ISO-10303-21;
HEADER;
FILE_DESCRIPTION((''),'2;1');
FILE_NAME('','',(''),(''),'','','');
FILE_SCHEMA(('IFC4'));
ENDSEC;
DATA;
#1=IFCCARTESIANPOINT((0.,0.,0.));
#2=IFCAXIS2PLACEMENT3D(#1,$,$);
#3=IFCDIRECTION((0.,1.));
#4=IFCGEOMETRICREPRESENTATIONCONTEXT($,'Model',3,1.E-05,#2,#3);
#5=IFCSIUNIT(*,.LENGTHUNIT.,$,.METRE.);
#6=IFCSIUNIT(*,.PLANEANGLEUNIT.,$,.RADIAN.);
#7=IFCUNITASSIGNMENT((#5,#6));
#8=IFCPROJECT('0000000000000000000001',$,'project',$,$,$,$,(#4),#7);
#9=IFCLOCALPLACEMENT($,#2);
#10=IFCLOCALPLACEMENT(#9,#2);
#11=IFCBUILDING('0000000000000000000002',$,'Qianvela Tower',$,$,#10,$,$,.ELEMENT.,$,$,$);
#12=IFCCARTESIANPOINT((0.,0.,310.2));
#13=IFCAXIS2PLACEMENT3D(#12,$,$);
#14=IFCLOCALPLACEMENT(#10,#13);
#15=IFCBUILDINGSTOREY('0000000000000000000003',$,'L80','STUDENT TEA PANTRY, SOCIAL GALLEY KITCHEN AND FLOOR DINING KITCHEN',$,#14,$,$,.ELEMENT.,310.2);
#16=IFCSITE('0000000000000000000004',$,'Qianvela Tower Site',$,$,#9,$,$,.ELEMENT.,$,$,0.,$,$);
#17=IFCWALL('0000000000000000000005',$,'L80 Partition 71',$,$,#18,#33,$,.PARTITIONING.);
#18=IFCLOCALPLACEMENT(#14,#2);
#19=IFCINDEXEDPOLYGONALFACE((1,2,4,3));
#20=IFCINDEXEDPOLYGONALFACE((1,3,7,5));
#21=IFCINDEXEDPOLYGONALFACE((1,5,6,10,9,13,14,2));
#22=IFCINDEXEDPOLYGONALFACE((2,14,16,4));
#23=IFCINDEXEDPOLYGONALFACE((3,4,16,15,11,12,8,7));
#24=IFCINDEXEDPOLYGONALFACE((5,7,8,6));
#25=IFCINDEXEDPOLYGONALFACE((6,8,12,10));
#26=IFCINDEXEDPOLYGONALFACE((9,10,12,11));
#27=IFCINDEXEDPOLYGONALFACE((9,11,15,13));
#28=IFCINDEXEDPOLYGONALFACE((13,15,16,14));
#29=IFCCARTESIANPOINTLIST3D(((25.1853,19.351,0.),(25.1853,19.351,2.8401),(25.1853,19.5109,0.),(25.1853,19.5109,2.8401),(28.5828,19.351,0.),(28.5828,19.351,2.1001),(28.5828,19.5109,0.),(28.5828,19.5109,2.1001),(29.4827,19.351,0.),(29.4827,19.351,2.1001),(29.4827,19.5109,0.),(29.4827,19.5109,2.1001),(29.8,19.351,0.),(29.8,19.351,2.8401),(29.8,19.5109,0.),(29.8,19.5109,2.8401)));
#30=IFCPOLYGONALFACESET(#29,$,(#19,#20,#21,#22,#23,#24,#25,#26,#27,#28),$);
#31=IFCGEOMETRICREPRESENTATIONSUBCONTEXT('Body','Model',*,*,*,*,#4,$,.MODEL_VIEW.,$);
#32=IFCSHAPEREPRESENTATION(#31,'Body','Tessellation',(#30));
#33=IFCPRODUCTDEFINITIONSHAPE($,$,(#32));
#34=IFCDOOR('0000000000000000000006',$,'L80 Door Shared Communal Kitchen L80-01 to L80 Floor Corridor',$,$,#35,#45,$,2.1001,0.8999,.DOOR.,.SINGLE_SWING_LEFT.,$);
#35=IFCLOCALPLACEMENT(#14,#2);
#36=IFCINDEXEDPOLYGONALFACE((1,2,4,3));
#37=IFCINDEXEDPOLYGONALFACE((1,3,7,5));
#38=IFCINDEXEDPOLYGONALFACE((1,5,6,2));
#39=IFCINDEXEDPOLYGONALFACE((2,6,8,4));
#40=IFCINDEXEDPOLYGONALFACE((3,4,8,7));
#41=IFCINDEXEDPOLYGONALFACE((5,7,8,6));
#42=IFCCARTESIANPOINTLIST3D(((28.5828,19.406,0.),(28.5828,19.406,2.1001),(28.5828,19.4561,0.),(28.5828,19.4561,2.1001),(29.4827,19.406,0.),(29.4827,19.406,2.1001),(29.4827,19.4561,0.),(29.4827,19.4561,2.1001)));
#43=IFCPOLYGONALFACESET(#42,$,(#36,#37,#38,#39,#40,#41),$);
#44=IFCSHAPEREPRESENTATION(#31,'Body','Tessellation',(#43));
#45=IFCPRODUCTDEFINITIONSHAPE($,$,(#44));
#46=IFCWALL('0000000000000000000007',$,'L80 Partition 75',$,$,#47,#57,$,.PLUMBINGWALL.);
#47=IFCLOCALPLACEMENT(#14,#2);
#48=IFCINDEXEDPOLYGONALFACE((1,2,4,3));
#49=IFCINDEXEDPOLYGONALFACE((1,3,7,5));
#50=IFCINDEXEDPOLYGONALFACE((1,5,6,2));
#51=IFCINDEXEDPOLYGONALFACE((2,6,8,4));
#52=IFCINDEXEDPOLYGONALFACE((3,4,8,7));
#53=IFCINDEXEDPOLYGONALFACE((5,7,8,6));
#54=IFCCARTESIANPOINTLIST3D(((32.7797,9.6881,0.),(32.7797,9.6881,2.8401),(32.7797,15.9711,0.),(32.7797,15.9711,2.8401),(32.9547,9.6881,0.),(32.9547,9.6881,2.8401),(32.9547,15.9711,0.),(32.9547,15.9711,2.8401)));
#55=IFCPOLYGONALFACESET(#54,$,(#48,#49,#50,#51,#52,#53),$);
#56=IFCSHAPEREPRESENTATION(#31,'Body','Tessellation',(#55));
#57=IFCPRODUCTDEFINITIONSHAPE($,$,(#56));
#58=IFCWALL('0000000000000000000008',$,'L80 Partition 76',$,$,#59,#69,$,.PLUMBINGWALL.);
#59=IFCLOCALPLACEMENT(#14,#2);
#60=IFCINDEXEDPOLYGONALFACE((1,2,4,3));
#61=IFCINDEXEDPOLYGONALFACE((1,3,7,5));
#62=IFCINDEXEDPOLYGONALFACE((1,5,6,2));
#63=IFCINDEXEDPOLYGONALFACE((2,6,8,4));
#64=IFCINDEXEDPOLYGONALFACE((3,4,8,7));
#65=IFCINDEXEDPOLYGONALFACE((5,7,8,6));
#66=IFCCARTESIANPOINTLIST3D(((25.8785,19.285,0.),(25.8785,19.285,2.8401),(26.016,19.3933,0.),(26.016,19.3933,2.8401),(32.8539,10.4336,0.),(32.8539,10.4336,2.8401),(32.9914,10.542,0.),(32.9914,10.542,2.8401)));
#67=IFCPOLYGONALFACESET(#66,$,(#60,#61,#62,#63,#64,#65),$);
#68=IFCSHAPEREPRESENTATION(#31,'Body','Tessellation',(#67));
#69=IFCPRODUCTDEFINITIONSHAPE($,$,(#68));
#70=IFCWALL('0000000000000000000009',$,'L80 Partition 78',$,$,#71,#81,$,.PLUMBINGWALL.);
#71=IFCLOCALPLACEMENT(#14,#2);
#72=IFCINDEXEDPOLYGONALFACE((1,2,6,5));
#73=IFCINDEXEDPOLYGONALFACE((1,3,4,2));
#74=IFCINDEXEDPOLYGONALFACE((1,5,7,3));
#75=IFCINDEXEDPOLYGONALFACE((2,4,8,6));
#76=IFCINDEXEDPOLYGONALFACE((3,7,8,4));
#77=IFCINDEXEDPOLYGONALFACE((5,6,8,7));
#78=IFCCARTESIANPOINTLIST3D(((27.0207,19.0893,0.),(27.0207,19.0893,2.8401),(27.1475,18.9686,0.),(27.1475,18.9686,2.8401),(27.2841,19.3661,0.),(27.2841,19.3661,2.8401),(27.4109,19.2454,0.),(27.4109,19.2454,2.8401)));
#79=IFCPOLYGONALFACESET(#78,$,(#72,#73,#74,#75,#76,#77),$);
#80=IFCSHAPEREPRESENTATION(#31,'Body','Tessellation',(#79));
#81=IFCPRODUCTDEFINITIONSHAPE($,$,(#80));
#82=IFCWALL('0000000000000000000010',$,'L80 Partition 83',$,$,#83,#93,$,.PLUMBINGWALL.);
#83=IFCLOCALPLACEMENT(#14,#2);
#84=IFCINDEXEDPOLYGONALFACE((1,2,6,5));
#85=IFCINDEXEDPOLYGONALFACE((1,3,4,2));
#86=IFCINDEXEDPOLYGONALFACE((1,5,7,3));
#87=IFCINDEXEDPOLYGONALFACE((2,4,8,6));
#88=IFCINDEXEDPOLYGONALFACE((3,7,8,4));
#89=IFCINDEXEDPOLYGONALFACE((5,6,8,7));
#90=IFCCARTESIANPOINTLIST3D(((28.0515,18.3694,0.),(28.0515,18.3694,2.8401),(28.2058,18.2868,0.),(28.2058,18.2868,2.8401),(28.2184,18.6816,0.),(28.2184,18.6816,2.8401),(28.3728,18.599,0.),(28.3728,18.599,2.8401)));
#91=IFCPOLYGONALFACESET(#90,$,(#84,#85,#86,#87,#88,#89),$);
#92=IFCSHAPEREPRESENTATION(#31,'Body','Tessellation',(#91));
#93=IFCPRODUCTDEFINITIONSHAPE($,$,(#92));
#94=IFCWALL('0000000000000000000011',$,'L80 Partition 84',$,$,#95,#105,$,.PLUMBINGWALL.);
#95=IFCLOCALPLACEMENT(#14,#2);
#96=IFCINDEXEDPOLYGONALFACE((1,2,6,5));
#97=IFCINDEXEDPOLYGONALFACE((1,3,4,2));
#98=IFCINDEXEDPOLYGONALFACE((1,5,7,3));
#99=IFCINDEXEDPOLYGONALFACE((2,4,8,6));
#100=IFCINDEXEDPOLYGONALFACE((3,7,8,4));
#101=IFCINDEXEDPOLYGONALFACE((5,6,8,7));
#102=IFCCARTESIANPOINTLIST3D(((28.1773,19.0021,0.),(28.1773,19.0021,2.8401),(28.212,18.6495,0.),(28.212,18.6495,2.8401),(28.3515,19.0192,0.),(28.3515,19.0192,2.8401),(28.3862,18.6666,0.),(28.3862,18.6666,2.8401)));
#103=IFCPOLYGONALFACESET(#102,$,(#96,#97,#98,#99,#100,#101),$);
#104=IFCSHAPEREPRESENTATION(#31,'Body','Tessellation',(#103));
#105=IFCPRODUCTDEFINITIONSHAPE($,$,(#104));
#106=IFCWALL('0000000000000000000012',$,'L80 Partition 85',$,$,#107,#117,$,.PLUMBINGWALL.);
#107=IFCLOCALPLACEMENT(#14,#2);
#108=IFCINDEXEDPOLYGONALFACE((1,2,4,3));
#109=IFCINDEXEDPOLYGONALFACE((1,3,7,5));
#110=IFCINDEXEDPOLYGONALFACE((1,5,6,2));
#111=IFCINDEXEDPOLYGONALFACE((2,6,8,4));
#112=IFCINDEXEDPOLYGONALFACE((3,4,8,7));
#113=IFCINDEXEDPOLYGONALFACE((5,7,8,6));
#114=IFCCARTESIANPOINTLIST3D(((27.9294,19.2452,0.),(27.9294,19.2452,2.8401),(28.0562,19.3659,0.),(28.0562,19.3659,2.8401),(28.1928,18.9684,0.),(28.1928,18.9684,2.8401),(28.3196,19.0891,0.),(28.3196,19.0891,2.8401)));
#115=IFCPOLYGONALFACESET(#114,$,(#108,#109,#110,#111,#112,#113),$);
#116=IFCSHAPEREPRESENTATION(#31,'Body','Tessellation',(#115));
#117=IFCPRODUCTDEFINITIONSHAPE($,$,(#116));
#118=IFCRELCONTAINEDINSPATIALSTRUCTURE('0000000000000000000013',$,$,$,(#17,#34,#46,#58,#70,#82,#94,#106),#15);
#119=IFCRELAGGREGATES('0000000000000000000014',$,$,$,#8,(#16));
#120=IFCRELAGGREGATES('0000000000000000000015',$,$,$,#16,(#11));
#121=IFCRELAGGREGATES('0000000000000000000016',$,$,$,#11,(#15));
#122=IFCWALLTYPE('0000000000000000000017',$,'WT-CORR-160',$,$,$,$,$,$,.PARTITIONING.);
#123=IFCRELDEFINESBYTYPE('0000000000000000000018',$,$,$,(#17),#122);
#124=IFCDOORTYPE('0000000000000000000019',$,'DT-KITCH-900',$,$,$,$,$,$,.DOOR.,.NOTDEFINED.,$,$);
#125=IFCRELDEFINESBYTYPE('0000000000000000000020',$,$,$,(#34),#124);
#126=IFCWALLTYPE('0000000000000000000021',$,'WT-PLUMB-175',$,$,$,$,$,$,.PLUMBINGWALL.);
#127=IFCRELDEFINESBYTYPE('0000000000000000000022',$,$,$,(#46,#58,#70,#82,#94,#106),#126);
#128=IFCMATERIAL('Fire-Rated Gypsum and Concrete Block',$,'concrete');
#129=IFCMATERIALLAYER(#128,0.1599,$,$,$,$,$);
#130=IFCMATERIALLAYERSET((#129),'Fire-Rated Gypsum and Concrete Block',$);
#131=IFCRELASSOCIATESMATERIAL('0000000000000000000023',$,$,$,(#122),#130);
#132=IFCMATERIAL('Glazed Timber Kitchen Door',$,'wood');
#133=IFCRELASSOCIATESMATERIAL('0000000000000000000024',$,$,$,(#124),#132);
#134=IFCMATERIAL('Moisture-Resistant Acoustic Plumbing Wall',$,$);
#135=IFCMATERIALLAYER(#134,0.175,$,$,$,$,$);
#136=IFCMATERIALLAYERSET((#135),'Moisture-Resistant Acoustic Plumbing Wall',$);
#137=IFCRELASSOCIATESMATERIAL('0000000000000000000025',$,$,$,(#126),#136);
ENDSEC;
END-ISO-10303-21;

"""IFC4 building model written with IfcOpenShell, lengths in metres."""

from ifc_helpers import new_model, si_unit, direction, frame, frame_2d, origin, place, context, subcontext, project, spatial, rectangle, extrude, material, layer, layer_set, type_object, element, fill, save


model = new_model("IFC4")

# Units and contexts
model_context = context("Model", 3, precision=1e-05, world=origin(), true_north=direction((0.0, 1.0)))
body_context = subcontext(model_context, "Body", "Model", "MODEL_VIEW")
ifc_project = project(units=[si_unit("LENGTHUNIT", "METRE"), si_unit("PLANEANGLEUNIT", "RADIAN")], contexts=[model_context])

# Site, building, storey
site_placement = place(None, origin())
site = spatial("IfcSite", under=ifc_project, at=site_placement, Name="Qianvela Tower Site", CompositionType="ELEMENT", RefElevation=0.0)
building_placement = place(site_placement, origin())
building = spatial("IfcBuilding", under=site, at=building_placement, Name="Qianvela Tower", CompositionType="ELEMENT")
storey_placement = place(building_placement, frame((0.0, 0.0, 310.2)))
storey = spatial("IfcBuildingStorey", under=building, at=storey_placement, Name="L80", Description="STUDENT TEA PANTRY, SOCIAL GALLEY KITCHEN AND FLOOR DINING KITCHEN", CompositionType="ELEMENT", Elevation=310.2)

# Shared definitions
ifc_material_1 = material(Name="Fire-Rated Gypsum and Concrete Block", Category="concrete")
ifc_layer_1 = layer(ifc_material_1, 0.1599)
ifc_layer_set_1 = layer_set([ifc_layer_1], Name="Fire-Rated Gypsum and Concrete Block")
wall_type_1 = type_object("IfcWallType", Name="WT-CORR-160", PredefinedType="PARTITIONING", material=ifc_layer_set_1)

# Wall, opening, door
wall_1_placement = place(storey_placement, frame((29.8, 19.4309, 0.0), z_axis=(0.0, 0.0, 1.0), x_axis=(-1.0, 0.0, 0.0)))
wall_1 = element("IfcWall", 1, at=wall_1_placement, inside=storey, type_object=wall_type_1, Name="L80 Partition 71", PredefinedType="PARTITIONING", context=body_context, shape_type="SweptSolid", body=[
    extrude(rectangle(XDim=4.6147, YDim=0.1599, at=frame_2d((2.3074, 0.0))), origin(), (0.0, 0.0, 1.0), 2.8401),
])
opening_1_placement = place(wall_1_placement, frame((0.3174, 0.0, 0.0)))
opening_1 = element("IfcOpeningElement", 2, at=opening_1_placement, cuts=wall_1, PredefinedType="OPENING", context=body_context, shape_type="SweptSolid", body=[
    extrude(rectangle(XDim=0.8999, YDim=2.1001, at=frame_2d((0.45, 1.05))), frame((0.0, 0.0898, 0.0), z_axis=(0.0, -1.0, 0.0), x_axis=(1.0, 0.0, 0.0)), (0.0, 0.0, 1.0), 0.1799),
])
ifc_material_2 = material(Name="Glazed Timber Kitchen Door", Category="wood")
door_type_1 = type_object("IfcDoorType", Name="DT-KITCH-900", OperationType="NOTDEFINED", PredefinedType="DOOR", material=ifc_material_2)
door_1_placement = place(opening_1_placement, origin())
door_1 = element("IfcDoor", 3, at=door_1_placement, inside=storey, type_object=door_type_1, Name="L80 Door Shared Communal Kitchen L80-01 to L80 Floor Corridor", OperationType="SINGLE_SWING_LEFT", OverallHeight=2.1001, OverallWidth=0.8999, PredefinedType="DOOR", context=body_context, shape_type="SweptSolid", body=[
    extrude(rectangle(XDim=0.8999, YDim=2.1001, at=frame_2d((0.45, 1.05))), frame((0.0, 0.0249, 0.0), z_axis=(0.0, -1.0, 0.0), x_axis=(1.0, 0.0, 0.0)), (0.0, 0.0, 1.0), 0.05),
])
fill(opening_1, door_1)

# Walls
ifc_material_3 = material(Name="Moisture-Resistant Acoustic Plumbing Wall")
ifc_layer_2 = layer(ifc_material_3, 0.175)
ifc_layer_set_2 = layer_set([ifc_layer_2], Name="Moisture-Resistant Acoustic Plumbing Wall")
wall_type_2 = type_object("IfcWallType", Name="WT-PLUMB-175", PredefinedType="PLUMBINGWALL", material=ifc_layer_set_2)
wall_2_placement = place(storey_placement, frame((32.8672, 15.9712, 0.0), z_axis=(0.0, 0.0, 1.0), x_axis=(0.0, -1.0, 0.0)))
element("IfcWall", 4, at=wall_2_placement, inside=storey, type_object=wall_type_2, Name="L80 Partition 75", PredefinedType="PLUMBINGWALL", context=body_context, shape_type="SweptSolid", body=[
    extrude(rectangle(XDim=6.283, YDim=0.175, at=frame_2d((3.1416, 0.0))), origin(), (0.0, 0.0, 1.0), 2.8401),
])
wall_3_placement = place(storey_placement, frame((32.9226, 10.4878, 0.0), z_axis=(0.0, 0.0, 1.0), x_axis=(-0.618958, 0.785424, 0.0)))
element("IfcWall", 5, at=wall_3_placement, inside=storey, type_object=wall_type_2, Name="L80 Partition 76", PredefinedType="PLUMBINGWALL", context=body_context, shape_type="SweptSolid", body=[
    extrude(rectangle(XDim=11.2695, YDim=0.175, at=frame_2d((5.6348, 0.0))), origin(), (0.0, 0.0, 1.0), 2.8401),
])
wall_4_placement = place(storey_placement, frame((27.3474, 19.3057, 0.0), z_axis=(0.0, 0.0, 1.0), x_axis=(-0.68932, -0.724457, 0.0)))
element("IfcWall", 6, at=wall_4_placement, inside=storey, type_object=wall_type_2, Name="L80 Partition 78", PredefinedType="PLUMBINGWALL", context=body_context, shape_type="SweptSolid", body=[
    extrude(rectangle(XDim=0.3821, YDim=0.175, at=frame_2d((0.1909, 0.0))), origin(), (0.0, 0.0, 1.0), 2.8401),
])
wall_5_placement = place(storey_placement, frame((28.1287, 18.3281, 0.0), z_axis=(0.0, 0.0, 1.0), x_axis=(0.47159, 0.881818, 0.0)))
element("IfcWall", 7, at=wall_5_placement, inside=storey, type_object=wall_type_2, Name="L80 Partition 83", PredefinedType="PLUMBINGWALL", context=body_context, shape_type="SweptSolid", body=[
    extrude(rectangle(XDim=0.354, YDim=0.175, at=frame_2d((0.177, 0.0))), origin(), (0.0, 0.0, 1.0), 2.8401),
])
wall_6_placement = place(storey_placement, frame((28.2991, 18.658, 0.0), z_axis=(0.0, 0.0, 1.0), x_axis=(-0.097866, 0.9952, 0.0)))
element("IfcWall", 8, at=wall_6_placement, inside=storey, type_object=wall_type_2, Name="L80 Partition 84", PredefinedType="PLUMBINGWALL", context=body_context, shape_type="SweptSolid", body=[
    extrude(rectangle(XDim=0.3542, YDim=0.175, at=frame_2d((0.1772, 0.0))), origin(), (0.0, 0.0, 1.0), 2.8401),
])
wall_7_placement = place(storey_placement, frame((28.2561, 19.0288, 0.0), z_axis=(0.0, 0.0, 1.0), x_axis=(-0.68932, 0.724457, 0.0)))
element("IfcWall", 9, at=wall_7_placement, inside=storey, type_object=wall_type_2, Name="L80 Partition 85", PredefinedType="PLUMBINGWALL", context=body_context, shape_type="SweptSolid", body=[
    extrude(rectangle(XDim=0.3821, YDim=0.175, at=frame_2d((0.1909, 0.0))), origin(), (0.0, 0.0, 1.0), 2.8401),
])

save(model, "model.ifc")
